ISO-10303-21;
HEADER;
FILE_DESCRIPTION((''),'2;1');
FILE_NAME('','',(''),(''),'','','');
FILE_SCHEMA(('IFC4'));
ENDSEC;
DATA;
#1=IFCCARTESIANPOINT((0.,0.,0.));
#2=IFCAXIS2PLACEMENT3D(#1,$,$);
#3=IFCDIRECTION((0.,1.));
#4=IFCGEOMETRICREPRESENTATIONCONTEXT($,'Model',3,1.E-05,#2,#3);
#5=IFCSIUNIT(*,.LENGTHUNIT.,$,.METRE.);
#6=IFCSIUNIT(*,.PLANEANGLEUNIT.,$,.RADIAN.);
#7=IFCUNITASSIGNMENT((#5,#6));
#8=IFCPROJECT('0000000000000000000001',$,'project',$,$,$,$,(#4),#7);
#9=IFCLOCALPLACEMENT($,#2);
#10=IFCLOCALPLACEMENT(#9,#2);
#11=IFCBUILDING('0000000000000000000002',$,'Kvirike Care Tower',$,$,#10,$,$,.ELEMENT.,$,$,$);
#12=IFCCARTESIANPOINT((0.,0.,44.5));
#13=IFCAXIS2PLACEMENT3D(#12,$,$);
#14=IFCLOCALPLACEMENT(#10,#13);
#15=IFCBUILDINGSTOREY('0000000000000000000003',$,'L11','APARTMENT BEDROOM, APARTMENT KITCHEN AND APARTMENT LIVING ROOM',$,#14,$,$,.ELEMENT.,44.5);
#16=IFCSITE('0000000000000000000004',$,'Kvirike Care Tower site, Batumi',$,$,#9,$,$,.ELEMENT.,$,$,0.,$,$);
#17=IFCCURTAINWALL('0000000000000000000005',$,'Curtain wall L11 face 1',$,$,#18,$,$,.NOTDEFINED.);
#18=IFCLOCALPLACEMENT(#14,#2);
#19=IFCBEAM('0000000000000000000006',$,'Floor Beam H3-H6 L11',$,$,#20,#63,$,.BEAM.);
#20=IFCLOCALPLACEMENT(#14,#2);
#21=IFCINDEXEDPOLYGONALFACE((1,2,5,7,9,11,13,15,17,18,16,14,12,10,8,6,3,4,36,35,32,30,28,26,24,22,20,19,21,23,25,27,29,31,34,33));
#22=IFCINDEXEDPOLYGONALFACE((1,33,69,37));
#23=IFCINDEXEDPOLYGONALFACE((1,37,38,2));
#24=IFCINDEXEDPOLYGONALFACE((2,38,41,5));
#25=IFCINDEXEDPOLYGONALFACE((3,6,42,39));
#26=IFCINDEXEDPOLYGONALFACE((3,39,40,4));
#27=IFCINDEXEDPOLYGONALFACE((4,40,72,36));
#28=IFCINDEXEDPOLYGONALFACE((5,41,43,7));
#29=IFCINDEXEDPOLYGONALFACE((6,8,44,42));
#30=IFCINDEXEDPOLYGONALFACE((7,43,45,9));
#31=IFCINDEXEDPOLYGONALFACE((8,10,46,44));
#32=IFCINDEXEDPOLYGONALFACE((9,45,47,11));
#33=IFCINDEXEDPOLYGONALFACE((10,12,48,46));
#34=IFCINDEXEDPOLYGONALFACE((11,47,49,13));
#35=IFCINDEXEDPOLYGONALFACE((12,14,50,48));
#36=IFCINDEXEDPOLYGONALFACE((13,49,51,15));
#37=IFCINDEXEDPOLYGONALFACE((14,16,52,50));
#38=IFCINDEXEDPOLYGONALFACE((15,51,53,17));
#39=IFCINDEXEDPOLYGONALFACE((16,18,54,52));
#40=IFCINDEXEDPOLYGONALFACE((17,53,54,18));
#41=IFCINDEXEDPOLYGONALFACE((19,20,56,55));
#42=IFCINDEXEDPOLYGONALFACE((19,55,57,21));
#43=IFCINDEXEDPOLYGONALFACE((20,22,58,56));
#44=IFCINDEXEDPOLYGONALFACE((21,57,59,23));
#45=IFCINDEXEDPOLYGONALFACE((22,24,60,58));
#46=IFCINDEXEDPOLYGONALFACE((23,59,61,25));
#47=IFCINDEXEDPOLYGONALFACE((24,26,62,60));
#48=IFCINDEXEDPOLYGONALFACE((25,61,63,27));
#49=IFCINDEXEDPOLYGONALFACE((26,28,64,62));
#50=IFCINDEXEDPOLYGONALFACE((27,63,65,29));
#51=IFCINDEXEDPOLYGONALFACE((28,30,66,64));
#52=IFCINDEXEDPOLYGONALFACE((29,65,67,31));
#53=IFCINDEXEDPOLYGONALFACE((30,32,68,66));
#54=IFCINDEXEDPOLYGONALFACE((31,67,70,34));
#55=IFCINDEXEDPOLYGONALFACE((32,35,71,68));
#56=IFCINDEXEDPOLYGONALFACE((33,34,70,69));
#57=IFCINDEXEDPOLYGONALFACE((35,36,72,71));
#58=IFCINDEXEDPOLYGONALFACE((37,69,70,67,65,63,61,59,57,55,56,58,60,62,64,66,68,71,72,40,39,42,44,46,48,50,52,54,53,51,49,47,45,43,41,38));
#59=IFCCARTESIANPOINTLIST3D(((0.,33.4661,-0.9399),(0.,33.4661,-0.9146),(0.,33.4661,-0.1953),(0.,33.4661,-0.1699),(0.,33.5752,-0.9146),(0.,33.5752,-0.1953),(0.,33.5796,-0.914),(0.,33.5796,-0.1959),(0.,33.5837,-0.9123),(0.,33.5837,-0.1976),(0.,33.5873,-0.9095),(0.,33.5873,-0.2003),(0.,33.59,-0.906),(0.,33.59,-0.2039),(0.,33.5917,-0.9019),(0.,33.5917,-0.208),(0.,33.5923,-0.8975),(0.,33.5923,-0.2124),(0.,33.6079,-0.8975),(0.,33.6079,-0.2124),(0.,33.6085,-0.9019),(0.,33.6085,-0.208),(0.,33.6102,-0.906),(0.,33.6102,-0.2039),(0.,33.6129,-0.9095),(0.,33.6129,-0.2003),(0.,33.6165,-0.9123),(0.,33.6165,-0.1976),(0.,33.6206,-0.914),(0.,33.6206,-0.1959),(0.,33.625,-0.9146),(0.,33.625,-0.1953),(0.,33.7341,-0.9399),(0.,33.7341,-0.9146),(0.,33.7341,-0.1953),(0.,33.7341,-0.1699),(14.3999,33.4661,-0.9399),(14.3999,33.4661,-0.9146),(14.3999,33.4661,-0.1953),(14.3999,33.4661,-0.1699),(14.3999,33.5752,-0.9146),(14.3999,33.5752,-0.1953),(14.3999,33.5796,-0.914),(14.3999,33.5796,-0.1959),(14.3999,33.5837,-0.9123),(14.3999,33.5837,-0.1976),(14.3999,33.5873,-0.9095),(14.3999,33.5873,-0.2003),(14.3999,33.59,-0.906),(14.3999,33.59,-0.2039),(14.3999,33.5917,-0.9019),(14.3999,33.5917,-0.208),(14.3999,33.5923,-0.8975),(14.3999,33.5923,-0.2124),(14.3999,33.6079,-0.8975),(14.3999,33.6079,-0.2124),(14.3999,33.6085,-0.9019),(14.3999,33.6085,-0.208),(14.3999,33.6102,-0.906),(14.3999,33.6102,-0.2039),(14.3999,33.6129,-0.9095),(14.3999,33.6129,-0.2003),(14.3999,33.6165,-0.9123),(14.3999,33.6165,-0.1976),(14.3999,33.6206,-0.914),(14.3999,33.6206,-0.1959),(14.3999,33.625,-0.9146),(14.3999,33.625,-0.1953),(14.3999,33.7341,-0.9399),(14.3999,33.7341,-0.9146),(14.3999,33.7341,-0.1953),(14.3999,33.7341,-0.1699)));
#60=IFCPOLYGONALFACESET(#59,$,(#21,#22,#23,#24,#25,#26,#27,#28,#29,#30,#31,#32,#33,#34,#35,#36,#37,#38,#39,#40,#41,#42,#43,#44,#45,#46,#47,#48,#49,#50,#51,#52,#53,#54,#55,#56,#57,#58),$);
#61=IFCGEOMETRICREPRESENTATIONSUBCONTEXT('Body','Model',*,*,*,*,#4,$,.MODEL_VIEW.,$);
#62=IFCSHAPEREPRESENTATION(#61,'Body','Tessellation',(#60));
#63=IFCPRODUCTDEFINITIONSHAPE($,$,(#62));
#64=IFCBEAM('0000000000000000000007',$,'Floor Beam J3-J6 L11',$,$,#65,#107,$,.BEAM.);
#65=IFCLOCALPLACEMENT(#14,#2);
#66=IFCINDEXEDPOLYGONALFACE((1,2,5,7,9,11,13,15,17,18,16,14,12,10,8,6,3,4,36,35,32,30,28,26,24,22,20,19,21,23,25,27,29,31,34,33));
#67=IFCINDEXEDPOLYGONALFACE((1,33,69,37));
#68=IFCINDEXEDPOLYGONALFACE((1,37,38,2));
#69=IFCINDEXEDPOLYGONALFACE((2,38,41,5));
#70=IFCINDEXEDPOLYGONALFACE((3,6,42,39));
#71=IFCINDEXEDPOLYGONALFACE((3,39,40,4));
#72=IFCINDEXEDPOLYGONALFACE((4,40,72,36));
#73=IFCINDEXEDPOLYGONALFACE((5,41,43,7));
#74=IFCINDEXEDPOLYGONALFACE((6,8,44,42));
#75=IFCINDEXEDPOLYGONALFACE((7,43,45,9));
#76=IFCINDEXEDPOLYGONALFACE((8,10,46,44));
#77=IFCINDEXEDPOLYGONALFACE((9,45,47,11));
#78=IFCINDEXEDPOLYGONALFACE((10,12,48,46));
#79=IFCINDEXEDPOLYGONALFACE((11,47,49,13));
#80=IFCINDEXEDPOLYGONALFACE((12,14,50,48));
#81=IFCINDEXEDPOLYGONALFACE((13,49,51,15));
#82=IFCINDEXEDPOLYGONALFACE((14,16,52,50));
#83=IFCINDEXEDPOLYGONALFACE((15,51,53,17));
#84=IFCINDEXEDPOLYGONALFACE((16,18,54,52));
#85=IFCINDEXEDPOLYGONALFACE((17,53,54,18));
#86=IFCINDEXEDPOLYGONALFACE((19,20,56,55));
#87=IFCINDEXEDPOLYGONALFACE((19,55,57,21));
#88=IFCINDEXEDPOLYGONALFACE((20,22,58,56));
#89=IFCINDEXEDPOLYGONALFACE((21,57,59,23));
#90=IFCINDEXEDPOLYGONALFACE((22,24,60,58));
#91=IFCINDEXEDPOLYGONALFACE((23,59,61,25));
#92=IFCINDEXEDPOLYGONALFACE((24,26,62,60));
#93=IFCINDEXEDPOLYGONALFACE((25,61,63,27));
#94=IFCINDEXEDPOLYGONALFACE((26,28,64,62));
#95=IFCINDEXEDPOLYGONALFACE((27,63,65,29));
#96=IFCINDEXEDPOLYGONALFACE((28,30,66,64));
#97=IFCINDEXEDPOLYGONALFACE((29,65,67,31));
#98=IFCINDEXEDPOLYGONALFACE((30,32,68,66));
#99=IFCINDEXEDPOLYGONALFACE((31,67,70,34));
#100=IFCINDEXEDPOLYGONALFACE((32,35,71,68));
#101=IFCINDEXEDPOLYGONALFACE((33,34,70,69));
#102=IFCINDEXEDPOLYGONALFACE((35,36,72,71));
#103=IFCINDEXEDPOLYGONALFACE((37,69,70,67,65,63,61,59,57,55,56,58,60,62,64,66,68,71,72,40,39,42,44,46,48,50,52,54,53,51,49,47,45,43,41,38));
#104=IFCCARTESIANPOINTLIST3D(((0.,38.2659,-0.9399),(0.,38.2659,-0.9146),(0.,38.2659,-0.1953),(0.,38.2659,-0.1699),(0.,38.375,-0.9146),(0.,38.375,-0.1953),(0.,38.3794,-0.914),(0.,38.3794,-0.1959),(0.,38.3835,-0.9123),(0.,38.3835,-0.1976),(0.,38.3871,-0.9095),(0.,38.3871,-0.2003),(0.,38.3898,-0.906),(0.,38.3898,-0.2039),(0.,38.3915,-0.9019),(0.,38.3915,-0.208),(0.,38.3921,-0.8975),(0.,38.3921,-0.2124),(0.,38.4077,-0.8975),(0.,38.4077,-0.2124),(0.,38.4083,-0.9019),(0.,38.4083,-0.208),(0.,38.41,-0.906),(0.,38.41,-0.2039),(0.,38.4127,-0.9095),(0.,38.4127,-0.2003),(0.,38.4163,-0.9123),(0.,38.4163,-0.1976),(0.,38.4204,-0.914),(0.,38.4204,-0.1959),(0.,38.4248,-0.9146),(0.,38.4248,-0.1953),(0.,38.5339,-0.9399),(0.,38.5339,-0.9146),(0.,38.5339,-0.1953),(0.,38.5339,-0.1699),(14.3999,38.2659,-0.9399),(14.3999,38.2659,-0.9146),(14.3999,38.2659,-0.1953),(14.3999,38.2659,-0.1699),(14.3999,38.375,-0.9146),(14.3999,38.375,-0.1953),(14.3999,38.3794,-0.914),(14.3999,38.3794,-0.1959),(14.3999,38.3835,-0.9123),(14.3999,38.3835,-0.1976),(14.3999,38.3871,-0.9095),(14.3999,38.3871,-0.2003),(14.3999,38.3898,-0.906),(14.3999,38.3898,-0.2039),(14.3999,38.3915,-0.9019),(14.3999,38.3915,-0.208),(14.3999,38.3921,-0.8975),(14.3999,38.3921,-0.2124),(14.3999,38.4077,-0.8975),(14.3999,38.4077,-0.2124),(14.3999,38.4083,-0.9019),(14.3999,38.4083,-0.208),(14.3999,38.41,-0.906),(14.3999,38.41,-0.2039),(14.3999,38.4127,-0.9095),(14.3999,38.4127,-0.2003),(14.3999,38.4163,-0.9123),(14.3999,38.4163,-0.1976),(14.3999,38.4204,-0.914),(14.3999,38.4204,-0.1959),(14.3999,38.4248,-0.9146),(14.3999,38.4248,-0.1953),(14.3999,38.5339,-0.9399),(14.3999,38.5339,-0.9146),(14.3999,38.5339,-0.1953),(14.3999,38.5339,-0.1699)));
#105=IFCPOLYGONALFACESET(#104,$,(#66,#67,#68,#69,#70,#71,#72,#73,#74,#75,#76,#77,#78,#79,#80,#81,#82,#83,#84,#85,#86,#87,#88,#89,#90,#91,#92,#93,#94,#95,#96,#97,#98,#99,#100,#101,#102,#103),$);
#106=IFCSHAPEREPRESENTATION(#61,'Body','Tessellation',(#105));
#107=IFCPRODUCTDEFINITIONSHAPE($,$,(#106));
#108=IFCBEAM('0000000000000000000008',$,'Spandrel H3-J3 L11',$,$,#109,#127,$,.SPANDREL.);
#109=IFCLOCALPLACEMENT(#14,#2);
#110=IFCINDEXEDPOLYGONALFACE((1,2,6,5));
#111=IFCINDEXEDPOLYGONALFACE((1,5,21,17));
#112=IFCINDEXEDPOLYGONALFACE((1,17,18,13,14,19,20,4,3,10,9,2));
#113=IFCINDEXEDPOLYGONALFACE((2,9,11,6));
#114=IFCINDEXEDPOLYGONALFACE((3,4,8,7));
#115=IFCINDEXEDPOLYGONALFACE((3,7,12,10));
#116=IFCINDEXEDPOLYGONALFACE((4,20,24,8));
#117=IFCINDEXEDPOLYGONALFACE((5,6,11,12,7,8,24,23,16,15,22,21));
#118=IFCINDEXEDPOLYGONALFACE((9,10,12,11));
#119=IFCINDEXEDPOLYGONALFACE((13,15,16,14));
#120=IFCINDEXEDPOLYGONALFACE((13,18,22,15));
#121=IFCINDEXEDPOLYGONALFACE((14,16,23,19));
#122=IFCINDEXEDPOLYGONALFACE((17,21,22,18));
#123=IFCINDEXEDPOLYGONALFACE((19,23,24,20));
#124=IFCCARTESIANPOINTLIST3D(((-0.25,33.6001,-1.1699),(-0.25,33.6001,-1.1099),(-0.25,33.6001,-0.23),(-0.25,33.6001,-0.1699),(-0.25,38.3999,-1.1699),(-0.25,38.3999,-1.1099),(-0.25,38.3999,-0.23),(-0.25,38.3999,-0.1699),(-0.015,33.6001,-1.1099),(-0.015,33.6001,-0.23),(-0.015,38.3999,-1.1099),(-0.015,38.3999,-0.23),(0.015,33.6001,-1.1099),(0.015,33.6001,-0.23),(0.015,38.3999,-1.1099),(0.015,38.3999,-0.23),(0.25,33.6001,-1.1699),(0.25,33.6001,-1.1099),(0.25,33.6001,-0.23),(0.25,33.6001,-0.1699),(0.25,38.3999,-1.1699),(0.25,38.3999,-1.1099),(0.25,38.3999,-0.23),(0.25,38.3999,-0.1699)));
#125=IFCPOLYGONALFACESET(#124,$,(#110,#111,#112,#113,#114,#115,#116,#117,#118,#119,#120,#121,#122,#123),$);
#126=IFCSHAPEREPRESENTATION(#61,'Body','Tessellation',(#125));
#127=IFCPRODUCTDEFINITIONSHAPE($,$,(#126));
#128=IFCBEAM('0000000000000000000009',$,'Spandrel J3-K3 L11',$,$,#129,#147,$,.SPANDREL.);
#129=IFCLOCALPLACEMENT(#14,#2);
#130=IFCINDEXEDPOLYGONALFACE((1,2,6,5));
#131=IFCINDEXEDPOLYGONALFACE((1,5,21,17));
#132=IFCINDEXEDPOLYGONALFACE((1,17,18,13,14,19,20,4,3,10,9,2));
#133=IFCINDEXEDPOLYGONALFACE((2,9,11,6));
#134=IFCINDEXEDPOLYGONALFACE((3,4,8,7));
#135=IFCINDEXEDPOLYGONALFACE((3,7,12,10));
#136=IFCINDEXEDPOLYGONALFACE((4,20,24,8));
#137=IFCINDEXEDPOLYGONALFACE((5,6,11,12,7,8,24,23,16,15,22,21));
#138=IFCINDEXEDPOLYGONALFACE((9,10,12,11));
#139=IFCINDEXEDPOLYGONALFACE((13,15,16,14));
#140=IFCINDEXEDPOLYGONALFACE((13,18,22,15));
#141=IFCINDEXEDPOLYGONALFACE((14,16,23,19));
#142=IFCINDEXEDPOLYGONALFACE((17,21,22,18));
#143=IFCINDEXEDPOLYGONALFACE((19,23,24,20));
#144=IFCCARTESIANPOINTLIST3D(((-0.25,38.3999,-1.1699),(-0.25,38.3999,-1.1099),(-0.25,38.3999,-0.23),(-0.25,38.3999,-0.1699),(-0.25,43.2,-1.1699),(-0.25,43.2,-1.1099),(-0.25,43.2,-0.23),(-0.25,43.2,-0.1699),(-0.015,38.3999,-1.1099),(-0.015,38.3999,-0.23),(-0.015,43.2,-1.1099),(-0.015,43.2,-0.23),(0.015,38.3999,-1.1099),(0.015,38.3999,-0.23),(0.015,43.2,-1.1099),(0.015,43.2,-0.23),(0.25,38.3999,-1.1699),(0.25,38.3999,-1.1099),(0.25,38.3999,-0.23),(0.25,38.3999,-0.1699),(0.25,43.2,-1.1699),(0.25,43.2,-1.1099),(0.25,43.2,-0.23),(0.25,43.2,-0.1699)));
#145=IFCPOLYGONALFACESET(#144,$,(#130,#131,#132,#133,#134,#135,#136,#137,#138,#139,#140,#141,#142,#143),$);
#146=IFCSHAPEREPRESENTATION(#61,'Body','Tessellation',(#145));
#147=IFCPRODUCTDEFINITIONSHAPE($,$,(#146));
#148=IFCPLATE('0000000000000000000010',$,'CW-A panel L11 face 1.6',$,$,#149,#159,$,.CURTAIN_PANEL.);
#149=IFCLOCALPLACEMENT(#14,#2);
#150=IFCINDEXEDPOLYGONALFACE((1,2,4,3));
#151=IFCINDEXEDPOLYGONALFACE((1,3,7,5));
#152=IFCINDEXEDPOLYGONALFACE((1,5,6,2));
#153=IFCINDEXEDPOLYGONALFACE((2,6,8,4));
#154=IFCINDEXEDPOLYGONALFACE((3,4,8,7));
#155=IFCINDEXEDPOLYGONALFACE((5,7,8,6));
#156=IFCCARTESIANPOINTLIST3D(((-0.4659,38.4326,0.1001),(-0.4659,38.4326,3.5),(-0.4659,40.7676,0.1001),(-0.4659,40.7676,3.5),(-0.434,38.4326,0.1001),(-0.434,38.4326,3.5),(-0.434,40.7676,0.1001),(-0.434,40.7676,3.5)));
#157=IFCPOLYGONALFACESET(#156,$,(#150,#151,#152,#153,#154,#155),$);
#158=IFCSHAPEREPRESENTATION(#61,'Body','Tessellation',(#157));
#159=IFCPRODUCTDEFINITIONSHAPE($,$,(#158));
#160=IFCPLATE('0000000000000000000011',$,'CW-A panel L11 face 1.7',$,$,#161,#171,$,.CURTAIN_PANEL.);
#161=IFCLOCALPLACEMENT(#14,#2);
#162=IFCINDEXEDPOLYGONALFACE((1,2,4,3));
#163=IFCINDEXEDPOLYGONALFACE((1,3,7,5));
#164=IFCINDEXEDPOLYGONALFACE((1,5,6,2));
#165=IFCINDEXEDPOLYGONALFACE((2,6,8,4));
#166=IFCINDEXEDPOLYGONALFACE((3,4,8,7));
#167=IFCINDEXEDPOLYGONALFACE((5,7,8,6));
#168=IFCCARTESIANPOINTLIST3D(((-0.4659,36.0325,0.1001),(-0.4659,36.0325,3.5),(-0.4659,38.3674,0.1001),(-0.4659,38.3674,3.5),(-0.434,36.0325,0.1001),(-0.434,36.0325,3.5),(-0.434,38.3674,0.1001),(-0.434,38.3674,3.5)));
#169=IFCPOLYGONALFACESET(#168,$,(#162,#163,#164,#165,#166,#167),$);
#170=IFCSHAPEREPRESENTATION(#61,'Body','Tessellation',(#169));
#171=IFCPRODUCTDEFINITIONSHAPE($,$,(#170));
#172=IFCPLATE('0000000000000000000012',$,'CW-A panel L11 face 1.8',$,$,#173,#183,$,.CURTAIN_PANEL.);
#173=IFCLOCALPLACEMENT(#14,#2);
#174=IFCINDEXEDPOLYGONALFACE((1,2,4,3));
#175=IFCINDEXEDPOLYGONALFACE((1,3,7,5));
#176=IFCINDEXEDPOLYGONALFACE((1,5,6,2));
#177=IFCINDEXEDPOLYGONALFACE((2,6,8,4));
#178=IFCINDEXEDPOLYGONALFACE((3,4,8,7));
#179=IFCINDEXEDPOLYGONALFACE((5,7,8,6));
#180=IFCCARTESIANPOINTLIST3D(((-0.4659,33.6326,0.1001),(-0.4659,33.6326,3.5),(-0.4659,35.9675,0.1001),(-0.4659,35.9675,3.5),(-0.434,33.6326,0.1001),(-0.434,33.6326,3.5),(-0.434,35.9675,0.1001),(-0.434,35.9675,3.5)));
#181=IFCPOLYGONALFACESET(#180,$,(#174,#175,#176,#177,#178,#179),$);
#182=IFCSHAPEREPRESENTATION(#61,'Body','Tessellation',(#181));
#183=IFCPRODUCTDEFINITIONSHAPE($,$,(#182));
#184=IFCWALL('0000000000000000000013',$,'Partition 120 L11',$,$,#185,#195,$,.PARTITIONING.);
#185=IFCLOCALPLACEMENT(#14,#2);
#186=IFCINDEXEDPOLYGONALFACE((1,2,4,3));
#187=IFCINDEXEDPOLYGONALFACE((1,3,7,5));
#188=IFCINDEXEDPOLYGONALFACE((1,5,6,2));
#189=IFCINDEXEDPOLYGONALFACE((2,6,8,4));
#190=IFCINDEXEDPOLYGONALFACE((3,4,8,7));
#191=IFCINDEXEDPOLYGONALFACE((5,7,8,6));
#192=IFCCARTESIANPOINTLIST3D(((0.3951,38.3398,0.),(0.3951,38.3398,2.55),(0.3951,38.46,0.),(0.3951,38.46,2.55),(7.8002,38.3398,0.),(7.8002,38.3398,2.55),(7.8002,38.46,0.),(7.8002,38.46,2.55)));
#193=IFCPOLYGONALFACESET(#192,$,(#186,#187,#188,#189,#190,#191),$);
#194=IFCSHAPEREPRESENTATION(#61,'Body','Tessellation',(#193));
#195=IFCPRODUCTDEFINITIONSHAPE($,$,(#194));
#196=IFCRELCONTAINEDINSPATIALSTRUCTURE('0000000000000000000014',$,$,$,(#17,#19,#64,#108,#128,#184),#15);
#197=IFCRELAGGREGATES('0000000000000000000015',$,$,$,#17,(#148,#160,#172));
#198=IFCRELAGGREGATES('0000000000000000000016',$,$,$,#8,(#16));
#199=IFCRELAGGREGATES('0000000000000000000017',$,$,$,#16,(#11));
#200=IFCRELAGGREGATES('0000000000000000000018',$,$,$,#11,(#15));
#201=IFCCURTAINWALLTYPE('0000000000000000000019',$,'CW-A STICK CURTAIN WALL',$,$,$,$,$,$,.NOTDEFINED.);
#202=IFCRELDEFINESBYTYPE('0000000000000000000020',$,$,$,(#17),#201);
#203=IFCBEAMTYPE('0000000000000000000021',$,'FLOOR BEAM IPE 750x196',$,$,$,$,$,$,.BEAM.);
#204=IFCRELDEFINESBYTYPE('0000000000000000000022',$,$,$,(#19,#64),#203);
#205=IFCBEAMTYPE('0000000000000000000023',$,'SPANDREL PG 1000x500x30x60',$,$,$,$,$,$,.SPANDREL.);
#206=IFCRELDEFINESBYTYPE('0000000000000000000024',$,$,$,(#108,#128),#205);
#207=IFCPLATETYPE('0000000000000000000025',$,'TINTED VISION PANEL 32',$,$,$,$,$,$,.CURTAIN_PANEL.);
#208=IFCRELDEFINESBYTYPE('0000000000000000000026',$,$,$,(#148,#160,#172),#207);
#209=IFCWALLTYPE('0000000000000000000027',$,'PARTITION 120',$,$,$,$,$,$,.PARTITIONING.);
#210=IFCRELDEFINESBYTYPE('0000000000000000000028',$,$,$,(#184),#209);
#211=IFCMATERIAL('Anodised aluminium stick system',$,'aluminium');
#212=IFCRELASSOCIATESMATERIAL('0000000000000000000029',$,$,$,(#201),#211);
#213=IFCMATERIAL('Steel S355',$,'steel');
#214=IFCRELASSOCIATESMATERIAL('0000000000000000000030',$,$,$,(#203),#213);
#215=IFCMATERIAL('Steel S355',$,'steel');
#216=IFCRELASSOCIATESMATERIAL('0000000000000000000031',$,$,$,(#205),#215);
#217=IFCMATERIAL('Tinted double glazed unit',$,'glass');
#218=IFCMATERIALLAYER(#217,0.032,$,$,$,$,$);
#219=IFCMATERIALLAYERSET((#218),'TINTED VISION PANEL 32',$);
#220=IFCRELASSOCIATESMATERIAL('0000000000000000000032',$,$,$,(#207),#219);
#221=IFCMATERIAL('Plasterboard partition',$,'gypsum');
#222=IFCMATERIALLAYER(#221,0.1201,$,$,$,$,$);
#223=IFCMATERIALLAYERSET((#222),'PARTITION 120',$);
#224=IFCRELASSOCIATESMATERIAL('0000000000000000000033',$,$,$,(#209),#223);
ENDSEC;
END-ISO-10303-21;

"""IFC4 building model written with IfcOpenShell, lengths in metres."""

from ifc_helpers import new_model, si_unit, direction, frame, frame_2d, origin, origin_2d, place, context, subcontext, project, spatial, rectangle, i_section, extrude, material, layer, layer_set, material_profile, profile_set, type_object, element, aggregate, save


model = new_model("IFC4")

# Units and contexts
model_context = context("Model", 3, precision=1e-05, world=origin(), true_north=direction((0.0, 1.0)))
body_context = subcontext(model_context, "Body", "Model", "MODEL_VIEW")
ifc_project = project(units=[si_unit("LENGTHUNIT", "METRE"), si_unit("PLANEANGLEUNIT", "RADIAN")], contexts=[model_context])

# Site, building, storey
site_placement = place(None, origin())
site = spatial("IfcSite", under=ifc_project, at=site_placement, Name="Kvirike Care Tower site, Batumi", CompositionType="ELEMENT", RefElevation=0.0)
building_placement = place(site_placement, origin())
building = spatial("IfcBuilding", under=site, at=building_placement, Name="Kvirike Care Tower", CompositionType="ELEMENT")
storey_placement = place(building_placement, frame((0.0, 0.0, 44.5)))
storey = spatial("IfcBuildingStorey", under=building, at=storey_placement, Name="L11", Description="APARTMENT BEDROOM, APARTMENT KITCHEN AND APARTMENT LIVING ROOM", CompositionType="ELEMENT", Elevation=44.5)

# Curtain wall
ifc_material_1 = material(Name="Anodised aluminium stick system", Category="aluminium")
curtain_wall_type = type_object("IfcCurtainWallType", Name="CW-A STICK CURTAIN WALL", PredefinedType="NOTDEFINED", material=ifc_material_1)
curtain_wall_placement = place(storey_placement, origin())
curtain_wall = element("IfcCurtainWall", 1, at=curtain_wall_placement, inside=storey, type_object=curtain_wall_type, Name="Curtain wall L11 face 1", PredefinedType="NOTDEFINED")

# Beams
ifc_material_2 = material(Name="Steel S355", Category="steel")
ifc_material_profile_1 = material_profile(ifc_material_2, i_section(OverallWidth=0.2681, OverallDepth=0.77, WebThickness=0.0156, FlangeThickness=0.0254, FilletRadius=0.0171, at=origin_2d()), Name="IPE 750x196")
ifc_profile_set_1 = profile_set([ifc_material_profile_1], Name="Steel S355")
beam_type_1 = type_object("IfcBeamType", Name="FLOOR BEAM IPE 750x196", PredefinedType="BEAM", material=ifc_profile_set_1)
for number, where, z_axis, x_axis, name in (
    (2, (0.0, 33.6001, -0.5549), (1.0, 0.0, 0.0), (0.0, 1.0, 0.0), "Floor Beam H3-H6 L11"),
    (3, (0.0, 38.3999, -0.5549), (1.0, 0.0, 0.0), (0.0, 1.0, 0.0), "Floor Beam J3-J6 L11"),
):
    element("IfcBeam", number, at=place(storey_placement, frame(where, z_axis=z_axis, x_axis=x_axis)), inside=storey, type_object=beam_type_1, Name=name, PredefinedType="BEAM", context=body_context, shape_type="SweptSolid", body=[
        extrude(i_section(OverallWidth=0.2681, OverallDepth=0.77, WebThickness=0.0156, FlangeThickness=0.0254, FilletRadius=0.0171, at=origin_2d()), origin(), (0.0, 0.0, 1.0), 14.3999),
    ])
ifc_material_3 = material(Name="Steel S355", Category="steel")
ifc_material_profile_2 = material_profile(ifc_material_3, i_section(OverallWidth=0.5, OverallDepth=1.0, WebThickness=0.03, FlangeThickness=0.0601, at=origin_2d()), Name="PG 1000x500x30x60")
ifc_profile_set_2 = profile_set([ifc_material_profile_2], Name="Steel S355")
beam_type_2 = type_object("IfcBeamType", Name="SPANDREL PG 1000x500x30x60", PredefinedType="SPANDREL", material=ifc_profile_set_2)
beam_1_placement = place(storey_placement, frame((0.0, 33.6001, -0.6699), z_axis=(0.0, 1.0, 0.0), x_axis=(-1.0, 0.0, 0.0)))
element("IfcBeam", 4, at=beam_1_placement, inside=storey, type_object=beam_type_2, Name="Spandrel H3-J3 L11", PredefinedType="SPANDREL", context=body_context, shape_type="SweptSolid", body=[
    extrude(i_section(OverallWidth=0.5, OverallDepth=1.0, WebThickness=0.03, FlangeThickness=0.0601, at=origin_2d()), origin(), (0.0, 0.0, 1.0), 4.7998),
])
beam_2_placement = place(storey_placement, frame((0.0, 38.3999, -0.6699), z_axis=(0.0, 1.0, 0.0), x_axis=(-1.0, 0.0, 0.0)))
element("IfcBeam", 5, at=beam_2_placement, inside=storey, type_object=beam_type_2, Name="Spandrel J3-K3 L11", PredefinedType="SPANDREL", context=body_context, shape_type="SweptSolid", body=[
    extrude(i_section(OverallWidth=0.5, OverallDepth=1.0, WebThickness=0.03, FlangeThickness=0.0601, at=origin_2d()), origin(), (0.0, 0.0, 1.0), 4.8),
])

# Plates
ifc_material_4 = material(Name="Tinted double glazed unit", Category="glass")
ifc_layer_1 = layer(ifc_material_4, 0.032)
ifc_layer_set_1 = layer_set([ifc_layer_1], Name="TINTED VISION PANEL 32")
plate_type = type_object("IfcPlateType", Name="TINTED VISION PANEL 32", PredefinedType="CURTAIN_PANEL", material=ifc_layer_set_1)
plate_1_placement = place(storey_placement, frame((-0.45, 39.6001, 0.1001), z_axis=(0.0, 0.0, 1.0), x_axis=(0.0, -1.0, 0.0)))
plate_1 = element("IfcPlate", 6, at=plate_1_placement, type_object=plate_type, Name="CW-A panel L11 face 1.6", PredefinedType="CURTAIN_PANEL", context=body_context, shape_type="SweptSolid", body=[
    extrude(rectangle(XDim=2.335, YDim=0.032, at=origin_2d()), origin(), (0.0, 0.0, 1.0), 3.3999),
])
plate_2_placement = place(storey_placement, frame((-0.45, 37.2, 0.1001), z_axis=(0.0, 0.0, 1.0), x_axis=(0.0, -1.0, 0.0)))
plate_2 = element("IfcPlate", 7, at=plate_2_placement, type_object=plate_type, Name="CW-A panel L11 face 1.7", PredefinedType="CURTAIN_PANEL", context=body_context, shape_type="SweptSolid", body=[
    extrude(rectangle(XDim=2.335, YDim=0.032, at=origin_2d()), origin(), (0.0, 0.0, 1.0), 3.3999),
])
plate_3_placement = place(storey_placement, frame((-0.45, 34.8, 0.1001), z_axis=(0.0, 0.0, 1.0), x_axis=(0.0, -1.0, 0.0)))
plate_3 = element("IfcPlate", 8, at=plate_3_placement, type_object=plate_type, Name="CW-A panel L11 face 1.8", PredefinedType="CURTAIN_PANEL", context=body_context, shape_type="SweptSolid", body=[
    extrude(rectangle(XDim=2.335, YDim=0.032, at=origin_2d()), origin(), (0.0, 0.0, 1.0), 3.3999),
])
aggregate(curtain_wall, [plate_1, plate_2, plate_3])

# Wall
ifc_material_5 = material(Name="Plasterboard partition", Category="gypsum")
ifc_layer_2 = layer(ifc_material_5, 0.1201)
ifc_layer_set_2 = layer_set([ifc_layer_2], Name="PARTITION 120")
wall_type = type_object("IfcWallType", Name="PARTITION 120", PredefinedType="PARTITIONING", material=ifc_layer_set_2)
for number, where, z_axis, x_axis, name in (
    (9, (0.395, 38.3999, 0.0), (0.0, 0.0, 1.0), (1.0, 0.0, 0.0), "Partition 120 L11"),
):
    element("IfcWall", number, at=place(storey_placement, frame(where, z_axis=z_axis, x_axis=x_axis)), inside=storey, type_object=wall_type, Name=name, PredefinedType="PARTITIONING", context=body_context, shape_type="SweptSolid", body=[
        extrude(rectangle(XDim=7.405, YDim=0.1201, at=frame_2d((3.7026, 0.0))), origin(), (0.0, 0.0, 1.0), 2.55),
    ])

save(model, "model.ifc")
